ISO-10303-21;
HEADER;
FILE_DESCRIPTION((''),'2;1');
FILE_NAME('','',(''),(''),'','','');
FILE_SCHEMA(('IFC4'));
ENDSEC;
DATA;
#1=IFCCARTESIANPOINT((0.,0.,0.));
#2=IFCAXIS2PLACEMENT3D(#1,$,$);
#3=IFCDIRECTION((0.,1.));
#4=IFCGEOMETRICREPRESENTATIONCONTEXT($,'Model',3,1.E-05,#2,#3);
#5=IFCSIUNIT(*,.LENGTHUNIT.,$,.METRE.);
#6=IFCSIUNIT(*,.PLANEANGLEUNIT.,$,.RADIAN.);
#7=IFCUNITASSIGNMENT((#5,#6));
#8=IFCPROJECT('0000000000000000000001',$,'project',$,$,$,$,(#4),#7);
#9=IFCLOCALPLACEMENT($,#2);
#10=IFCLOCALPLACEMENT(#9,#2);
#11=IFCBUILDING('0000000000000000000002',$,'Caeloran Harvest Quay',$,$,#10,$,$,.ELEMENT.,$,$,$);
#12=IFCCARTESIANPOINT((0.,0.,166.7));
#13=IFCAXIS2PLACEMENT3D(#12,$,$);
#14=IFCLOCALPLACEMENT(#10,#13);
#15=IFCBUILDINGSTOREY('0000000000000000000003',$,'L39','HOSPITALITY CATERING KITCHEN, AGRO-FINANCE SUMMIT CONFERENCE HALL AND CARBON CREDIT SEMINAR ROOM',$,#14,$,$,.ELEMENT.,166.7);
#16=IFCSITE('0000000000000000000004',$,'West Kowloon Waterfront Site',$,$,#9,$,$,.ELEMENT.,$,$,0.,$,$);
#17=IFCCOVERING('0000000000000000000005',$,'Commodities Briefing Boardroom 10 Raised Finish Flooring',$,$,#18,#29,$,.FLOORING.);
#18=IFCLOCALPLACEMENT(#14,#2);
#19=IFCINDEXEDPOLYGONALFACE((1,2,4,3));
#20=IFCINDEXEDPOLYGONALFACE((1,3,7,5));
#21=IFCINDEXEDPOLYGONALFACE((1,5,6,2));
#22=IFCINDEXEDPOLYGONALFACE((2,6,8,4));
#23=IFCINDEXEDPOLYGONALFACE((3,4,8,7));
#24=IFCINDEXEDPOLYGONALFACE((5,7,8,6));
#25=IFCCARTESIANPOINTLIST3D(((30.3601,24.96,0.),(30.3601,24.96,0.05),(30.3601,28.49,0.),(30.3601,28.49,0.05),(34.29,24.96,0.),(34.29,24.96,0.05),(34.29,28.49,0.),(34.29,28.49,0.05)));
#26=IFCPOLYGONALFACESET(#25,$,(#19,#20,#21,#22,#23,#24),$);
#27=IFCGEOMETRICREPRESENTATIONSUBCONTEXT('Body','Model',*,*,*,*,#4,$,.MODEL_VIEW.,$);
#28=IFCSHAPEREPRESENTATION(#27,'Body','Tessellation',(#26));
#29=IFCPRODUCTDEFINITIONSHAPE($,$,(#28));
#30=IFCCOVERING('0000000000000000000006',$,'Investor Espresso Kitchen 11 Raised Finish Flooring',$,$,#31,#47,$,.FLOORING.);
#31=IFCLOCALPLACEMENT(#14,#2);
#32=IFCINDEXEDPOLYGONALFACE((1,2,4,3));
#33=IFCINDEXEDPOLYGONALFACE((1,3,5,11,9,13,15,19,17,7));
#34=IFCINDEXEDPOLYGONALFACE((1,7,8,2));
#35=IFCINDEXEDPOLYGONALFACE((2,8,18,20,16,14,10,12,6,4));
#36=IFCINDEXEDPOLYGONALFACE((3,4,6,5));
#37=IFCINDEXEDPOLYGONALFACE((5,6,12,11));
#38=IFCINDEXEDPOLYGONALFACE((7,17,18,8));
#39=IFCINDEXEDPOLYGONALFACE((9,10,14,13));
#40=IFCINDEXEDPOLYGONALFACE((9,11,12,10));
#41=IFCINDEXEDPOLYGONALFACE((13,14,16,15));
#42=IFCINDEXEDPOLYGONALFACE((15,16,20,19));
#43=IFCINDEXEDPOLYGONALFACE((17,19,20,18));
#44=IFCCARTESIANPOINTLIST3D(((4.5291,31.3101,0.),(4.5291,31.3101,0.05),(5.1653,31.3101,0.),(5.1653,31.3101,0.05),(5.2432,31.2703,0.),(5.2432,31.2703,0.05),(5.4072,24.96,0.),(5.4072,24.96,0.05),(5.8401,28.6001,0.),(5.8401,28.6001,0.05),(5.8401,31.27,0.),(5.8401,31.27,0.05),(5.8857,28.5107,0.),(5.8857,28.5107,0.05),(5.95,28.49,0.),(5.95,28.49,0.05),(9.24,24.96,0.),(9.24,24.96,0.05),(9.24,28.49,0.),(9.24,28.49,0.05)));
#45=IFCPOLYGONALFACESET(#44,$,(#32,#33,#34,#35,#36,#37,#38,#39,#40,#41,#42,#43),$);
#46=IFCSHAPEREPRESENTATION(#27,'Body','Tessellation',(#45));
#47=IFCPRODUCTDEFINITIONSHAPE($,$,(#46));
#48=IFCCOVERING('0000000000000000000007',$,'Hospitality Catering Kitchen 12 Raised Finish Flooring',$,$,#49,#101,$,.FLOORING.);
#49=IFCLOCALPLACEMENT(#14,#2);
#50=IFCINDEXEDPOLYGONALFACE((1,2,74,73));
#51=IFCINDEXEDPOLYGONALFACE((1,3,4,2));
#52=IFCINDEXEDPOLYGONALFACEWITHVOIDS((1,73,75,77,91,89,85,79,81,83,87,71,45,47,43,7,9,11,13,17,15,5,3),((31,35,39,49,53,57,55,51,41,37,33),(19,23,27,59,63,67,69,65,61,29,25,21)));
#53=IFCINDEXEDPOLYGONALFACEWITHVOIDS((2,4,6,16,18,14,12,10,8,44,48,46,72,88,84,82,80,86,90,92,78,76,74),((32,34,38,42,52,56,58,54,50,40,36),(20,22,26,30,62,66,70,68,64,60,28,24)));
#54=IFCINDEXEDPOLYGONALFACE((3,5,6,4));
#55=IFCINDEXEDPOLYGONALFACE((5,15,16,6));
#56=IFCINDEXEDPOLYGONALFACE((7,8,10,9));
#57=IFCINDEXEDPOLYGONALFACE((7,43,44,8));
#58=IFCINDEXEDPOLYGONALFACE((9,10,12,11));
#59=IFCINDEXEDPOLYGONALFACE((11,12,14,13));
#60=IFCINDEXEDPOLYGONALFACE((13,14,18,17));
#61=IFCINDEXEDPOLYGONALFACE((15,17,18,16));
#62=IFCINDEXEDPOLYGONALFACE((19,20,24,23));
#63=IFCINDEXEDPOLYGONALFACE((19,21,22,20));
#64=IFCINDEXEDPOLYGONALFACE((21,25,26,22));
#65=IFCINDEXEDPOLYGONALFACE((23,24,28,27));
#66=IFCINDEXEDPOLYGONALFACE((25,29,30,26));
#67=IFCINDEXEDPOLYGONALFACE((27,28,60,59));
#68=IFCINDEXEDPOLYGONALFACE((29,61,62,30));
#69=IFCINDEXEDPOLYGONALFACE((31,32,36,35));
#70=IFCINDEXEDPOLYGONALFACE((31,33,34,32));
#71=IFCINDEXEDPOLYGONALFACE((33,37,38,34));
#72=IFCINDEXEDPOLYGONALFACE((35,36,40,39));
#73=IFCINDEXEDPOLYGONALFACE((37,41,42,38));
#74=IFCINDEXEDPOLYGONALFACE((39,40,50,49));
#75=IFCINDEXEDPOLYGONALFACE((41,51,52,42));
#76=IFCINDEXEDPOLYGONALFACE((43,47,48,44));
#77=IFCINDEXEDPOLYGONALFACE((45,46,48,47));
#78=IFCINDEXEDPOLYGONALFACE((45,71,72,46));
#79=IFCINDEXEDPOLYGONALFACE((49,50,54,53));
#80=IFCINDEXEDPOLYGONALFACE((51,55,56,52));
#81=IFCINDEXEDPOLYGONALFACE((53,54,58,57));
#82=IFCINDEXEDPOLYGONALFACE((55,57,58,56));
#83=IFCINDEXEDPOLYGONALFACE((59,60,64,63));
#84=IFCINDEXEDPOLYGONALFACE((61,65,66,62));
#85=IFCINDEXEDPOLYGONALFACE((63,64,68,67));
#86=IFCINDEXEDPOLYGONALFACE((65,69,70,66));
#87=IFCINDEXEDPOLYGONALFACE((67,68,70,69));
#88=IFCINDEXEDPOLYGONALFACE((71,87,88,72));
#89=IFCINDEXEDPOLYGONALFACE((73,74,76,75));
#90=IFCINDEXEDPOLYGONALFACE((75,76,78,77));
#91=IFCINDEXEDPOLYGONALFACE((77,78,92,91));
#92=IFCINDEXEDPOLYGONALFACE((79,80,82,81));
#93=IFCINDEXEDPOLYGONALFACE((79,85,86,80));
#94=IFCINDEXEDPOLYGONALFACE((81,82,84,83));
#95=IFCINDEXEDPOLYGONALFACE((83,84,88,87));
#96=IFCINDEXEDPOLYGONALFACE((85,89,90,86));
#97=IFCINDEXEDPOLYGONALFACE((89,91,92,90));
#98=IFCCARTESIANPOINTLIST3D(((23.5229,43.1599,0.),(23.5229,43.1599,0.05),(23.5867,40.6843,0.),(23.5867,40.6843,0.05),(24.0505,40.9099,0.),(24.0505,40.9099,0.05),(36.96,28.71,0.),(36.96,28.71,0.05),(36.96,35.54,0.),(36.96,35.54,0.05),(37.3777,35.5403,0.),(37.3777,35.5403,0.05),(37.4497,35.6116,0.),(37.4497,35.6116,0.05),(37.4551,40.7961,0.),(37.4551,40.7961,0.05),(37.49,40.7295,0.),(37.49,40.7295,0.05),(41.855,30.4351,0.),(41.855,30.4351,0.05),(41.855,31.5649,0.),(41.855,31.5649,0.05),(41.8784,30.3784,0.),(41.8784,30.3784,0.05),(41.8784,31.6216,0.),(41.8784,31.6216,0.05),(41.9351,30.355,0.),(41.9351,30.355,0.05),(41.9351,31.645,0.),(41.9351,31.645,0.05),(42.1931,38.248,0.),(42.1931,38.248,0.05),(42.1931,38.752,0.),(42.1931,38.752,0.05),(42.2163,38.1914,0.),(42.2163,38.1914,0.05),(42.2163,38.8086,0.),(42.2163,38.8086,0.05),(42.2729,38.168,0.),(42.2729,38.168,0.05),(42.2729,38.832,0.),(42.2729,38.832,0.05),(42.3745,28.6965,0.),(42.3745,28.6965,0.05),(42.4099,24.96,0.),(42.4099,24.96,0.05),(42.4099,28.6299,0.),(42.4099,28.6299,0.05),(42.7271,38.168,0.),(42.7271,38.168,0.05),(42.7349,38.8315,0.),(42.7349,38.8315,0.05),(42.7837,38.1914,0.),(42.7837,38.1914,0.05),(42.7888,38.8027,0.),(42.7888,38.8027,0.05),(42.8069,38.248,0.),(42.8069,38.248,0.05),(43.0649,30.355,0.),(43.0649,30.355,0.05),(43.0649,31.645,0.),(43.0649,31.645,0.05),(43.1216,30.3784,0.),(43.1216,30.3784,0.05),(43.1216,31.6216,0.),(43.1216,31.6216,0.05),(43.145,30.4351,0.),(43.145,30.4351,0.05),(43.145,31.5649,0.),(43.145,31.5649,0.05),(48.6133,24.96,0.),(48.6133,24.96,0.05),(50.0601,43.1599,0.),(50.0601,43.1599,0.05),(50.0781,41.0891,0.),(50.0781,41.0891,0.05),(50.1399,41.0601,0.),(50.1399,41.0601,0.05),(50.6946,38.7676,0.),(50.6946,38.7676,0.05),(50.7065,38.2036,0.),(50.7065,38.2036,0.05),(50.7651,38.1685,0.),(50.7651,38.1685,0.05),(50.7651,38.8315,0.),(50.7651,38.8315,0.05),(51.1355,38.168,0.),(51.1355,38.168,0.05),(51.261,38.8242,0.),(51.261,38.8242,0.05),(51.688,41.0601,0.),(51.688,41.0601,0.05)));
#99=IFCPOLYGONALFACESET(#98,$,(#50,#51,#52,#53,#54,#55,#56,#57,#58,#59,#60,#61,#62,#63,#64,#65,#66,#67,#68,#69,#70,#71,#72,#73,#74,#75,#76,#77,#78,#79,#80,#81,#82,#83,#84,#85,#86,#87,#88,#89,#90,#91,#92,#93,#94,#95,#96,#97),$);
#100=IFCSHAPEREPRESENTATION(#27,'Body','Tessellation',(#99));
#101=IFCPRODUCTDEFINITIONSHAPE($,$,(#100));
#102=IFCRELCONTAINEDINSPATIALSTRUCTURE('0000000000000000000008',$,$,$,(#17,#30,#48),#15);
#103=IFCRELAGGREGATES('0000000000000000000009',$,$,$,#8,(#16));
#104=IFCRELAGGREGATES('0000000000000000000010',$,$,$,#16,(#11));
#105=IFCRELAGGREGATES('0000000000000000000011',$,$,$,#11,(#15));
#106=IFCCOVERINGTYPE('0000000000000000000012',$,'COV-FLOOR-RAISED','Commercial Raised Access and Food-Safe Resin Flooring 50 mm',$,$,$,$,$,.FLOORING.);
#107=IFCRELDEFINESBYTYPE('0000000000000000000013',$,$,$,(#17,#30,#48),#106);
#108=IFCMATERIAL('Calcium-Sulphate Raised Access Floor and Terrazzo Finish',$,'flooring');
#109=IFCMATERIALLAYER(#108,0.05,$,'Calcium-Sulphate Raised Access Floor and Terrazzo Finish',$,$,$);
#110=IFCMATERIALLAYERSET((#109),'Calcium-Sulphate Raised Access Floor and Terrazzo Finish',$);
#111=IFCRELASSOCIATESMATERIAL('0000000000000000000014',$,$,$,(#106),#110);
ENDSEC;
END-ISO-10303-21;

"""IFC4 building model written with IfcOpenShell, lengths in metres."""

from ifc_helpers import new_model, si_unit, direction, frame, origin, place, context, subcontext, project, spatial, polyline, outline, extrude, material, layer, layer_set, type_object, element, save


model = new_model("IFC4")

# Units and contexts
model_context = context("Model", 3, precision=1e-05, world=origin(), true_north=direction((0.0, 1.0)))
body_context = subcontext(model_context, "Body", "Model", "MODEL_VIEW")
ifc_project = project(units=[si_unit("LENGTHUNIT", "METRE"), si_unit("PLANEANGLEUNIT", "RADIAN")], contexts=[model_context])

# Site, building, storey
site_placement = place(None, origin())
site = spatial("IfcSite", under=ifc_project, at=site_placement, Name="West Kowloon Waterfront Site", CompositionType="ELEMENT", RefElevation=0.0)
building_placement = place(site_placement, origin())
building = spatial("IfcBuilding", under=site, at=building_placement, Name="Caeloran Harvest Quay", CompositionType="ELEMENT")
storey_placement = place(building_placement, frame((0.0, 0.0, 166.7)))
storey = spatial("IfcBuildingStorey", under=building, at=storey_placement, Name="L39", Description="HOSPITALITY CATERING KITCHEN, AGRO-FINANCE SUMMIT CONFERENCE HALL AND CARBON CREDIT SEMINAR ROOM", CompositionType="ELEMENT", Elevation=166.7)

# Coverings
ifc_material_1 = material(Name="Calcium-Sulphate Raised Access Floor and Terrazzo Finish", Category="flooring")
ifc_layer_1 = layer(ifc_material_1, 0.05, Name="Calcium-Sulphate Raised Access Floor and Terrazzo Finish")
ifc_layer_set_1 = layer_set([ifc_layer_1], Name="Calcium-Sulphate Raised Access Floor and Terrazzo Finish")
covering_type_1 = type_object("IfcCoveringType", Name="COV-FLOOR-RAISED", Description="Commercial Raised Access and Food-Safe Resin Flooring 50 mm", PredefinedType="FLOORING", material=ifc_layer_set_1)
covering_1_placement = place(storey_placement, origin())
element("IfcCovering", 1, at=covering_1_placement, inside=storey, type_object=covering_type_1, Name="Commodities Briefing Boardroom 10 Raised Finish Flooring", PredefinedType="FLOORING", context=body_context, shape_type="SweptSolid", body=[
    extrude(outline(polyline([(30.3601, 28.49), (34.29, 28.49), (34.29, 24.96), (30.3601, 24.96), (30.3601, 28.49)])), origin(), (0.0, 0.0, 1.0), 0.05),
])
covering_2_placement = place(storey_placement, origin())
element("IfcCovering", 2, at=covering_2_placement, inside=storey, type_object=covering_type_1, Name="Investor Espresso Kitchen 11 Raised Finish Flooring", PredefinedType="FLOORING", context=body_context, shape_type="SweptSolid", body=[
    extrude(outline(polyline([(5.1653, 31.3101), (5.2432, 31.2703), (5.8401, 31.27), (5.8401, 28.6001), (5.8857, 28.5107), (5.95, 28.49), (9.24, 28.49), (9.24, 24.96), (5.4072, 24.96), (4.5291, 31.3101), (5.1653, 31.3101)])), origin(), (0.0, 0.0, 1.0), 0.05),
])
covering_3_placement = place(storey_placement, origin())
element("IfcCovering", 3, at=covering_3_placement, inside=storey, type_object=covering_type_1, Name="Hospitality Catering Kitchen 12 Raised Finish Flooring", PredefinedType="FLOORING", context=body_context, shape_type="SweptSolid", body=[
    extrude(outline(polyline([(24.0505, 40.9099), (23.5867, 40.6843), (23.5229, 43.1599), (50.0601, 43.1599), (50.0781, 41.0891), (50.1399, 41.0601), (51.688, 41.0601), (51.261, 38.8242), (50.7651, 38.8315), (50.6946, 38.7676), (50.7065, 38.2036), (50.7651, 38.1685), (51.1355, 38.168), (48.6133, 24.96), (42.4099, 24.96), (42.4099, 28.6299), (42.3745, 28.6965), (36.96, 28.71), (36.96, 35.54), (37.3777, 35.5403), (37.4497, 35.6116), (37.49, 40.7295), (37.4551, 40.7961), (24.0505, 40.9099)]), holes=[polyline([(41.9351, 31.645), (41.8784, 31.6216), (41.855, 31.5649), (41.855, 30.4351), (41.8784, 30.3784), (41.9351, 30.355), (43.0649, 30.355), (43.1216, 30.3784), (43.145, 30.4351), (43.145, 31.5649), (43.1216, 31.6216), (43.0649, 31.645), (41.9351, 31.645)]), polyline([(42.8069, 38.248), (42.7888, 38.8027), (42.7349, 38.8315), (42.2729, 38.832), (42.2163, 38.8086), (42.1931, 38.752), (42.1931, 38.248), (42.2163, 38.1914), (42.2729, 38.168), (42.7271, 38.168), (42.7837, 38.1914), (42.8069, 38.248)])]), origin(), (0.0, 0.0, 1.0), 0.05),
])

save(model, "model.ifc")
